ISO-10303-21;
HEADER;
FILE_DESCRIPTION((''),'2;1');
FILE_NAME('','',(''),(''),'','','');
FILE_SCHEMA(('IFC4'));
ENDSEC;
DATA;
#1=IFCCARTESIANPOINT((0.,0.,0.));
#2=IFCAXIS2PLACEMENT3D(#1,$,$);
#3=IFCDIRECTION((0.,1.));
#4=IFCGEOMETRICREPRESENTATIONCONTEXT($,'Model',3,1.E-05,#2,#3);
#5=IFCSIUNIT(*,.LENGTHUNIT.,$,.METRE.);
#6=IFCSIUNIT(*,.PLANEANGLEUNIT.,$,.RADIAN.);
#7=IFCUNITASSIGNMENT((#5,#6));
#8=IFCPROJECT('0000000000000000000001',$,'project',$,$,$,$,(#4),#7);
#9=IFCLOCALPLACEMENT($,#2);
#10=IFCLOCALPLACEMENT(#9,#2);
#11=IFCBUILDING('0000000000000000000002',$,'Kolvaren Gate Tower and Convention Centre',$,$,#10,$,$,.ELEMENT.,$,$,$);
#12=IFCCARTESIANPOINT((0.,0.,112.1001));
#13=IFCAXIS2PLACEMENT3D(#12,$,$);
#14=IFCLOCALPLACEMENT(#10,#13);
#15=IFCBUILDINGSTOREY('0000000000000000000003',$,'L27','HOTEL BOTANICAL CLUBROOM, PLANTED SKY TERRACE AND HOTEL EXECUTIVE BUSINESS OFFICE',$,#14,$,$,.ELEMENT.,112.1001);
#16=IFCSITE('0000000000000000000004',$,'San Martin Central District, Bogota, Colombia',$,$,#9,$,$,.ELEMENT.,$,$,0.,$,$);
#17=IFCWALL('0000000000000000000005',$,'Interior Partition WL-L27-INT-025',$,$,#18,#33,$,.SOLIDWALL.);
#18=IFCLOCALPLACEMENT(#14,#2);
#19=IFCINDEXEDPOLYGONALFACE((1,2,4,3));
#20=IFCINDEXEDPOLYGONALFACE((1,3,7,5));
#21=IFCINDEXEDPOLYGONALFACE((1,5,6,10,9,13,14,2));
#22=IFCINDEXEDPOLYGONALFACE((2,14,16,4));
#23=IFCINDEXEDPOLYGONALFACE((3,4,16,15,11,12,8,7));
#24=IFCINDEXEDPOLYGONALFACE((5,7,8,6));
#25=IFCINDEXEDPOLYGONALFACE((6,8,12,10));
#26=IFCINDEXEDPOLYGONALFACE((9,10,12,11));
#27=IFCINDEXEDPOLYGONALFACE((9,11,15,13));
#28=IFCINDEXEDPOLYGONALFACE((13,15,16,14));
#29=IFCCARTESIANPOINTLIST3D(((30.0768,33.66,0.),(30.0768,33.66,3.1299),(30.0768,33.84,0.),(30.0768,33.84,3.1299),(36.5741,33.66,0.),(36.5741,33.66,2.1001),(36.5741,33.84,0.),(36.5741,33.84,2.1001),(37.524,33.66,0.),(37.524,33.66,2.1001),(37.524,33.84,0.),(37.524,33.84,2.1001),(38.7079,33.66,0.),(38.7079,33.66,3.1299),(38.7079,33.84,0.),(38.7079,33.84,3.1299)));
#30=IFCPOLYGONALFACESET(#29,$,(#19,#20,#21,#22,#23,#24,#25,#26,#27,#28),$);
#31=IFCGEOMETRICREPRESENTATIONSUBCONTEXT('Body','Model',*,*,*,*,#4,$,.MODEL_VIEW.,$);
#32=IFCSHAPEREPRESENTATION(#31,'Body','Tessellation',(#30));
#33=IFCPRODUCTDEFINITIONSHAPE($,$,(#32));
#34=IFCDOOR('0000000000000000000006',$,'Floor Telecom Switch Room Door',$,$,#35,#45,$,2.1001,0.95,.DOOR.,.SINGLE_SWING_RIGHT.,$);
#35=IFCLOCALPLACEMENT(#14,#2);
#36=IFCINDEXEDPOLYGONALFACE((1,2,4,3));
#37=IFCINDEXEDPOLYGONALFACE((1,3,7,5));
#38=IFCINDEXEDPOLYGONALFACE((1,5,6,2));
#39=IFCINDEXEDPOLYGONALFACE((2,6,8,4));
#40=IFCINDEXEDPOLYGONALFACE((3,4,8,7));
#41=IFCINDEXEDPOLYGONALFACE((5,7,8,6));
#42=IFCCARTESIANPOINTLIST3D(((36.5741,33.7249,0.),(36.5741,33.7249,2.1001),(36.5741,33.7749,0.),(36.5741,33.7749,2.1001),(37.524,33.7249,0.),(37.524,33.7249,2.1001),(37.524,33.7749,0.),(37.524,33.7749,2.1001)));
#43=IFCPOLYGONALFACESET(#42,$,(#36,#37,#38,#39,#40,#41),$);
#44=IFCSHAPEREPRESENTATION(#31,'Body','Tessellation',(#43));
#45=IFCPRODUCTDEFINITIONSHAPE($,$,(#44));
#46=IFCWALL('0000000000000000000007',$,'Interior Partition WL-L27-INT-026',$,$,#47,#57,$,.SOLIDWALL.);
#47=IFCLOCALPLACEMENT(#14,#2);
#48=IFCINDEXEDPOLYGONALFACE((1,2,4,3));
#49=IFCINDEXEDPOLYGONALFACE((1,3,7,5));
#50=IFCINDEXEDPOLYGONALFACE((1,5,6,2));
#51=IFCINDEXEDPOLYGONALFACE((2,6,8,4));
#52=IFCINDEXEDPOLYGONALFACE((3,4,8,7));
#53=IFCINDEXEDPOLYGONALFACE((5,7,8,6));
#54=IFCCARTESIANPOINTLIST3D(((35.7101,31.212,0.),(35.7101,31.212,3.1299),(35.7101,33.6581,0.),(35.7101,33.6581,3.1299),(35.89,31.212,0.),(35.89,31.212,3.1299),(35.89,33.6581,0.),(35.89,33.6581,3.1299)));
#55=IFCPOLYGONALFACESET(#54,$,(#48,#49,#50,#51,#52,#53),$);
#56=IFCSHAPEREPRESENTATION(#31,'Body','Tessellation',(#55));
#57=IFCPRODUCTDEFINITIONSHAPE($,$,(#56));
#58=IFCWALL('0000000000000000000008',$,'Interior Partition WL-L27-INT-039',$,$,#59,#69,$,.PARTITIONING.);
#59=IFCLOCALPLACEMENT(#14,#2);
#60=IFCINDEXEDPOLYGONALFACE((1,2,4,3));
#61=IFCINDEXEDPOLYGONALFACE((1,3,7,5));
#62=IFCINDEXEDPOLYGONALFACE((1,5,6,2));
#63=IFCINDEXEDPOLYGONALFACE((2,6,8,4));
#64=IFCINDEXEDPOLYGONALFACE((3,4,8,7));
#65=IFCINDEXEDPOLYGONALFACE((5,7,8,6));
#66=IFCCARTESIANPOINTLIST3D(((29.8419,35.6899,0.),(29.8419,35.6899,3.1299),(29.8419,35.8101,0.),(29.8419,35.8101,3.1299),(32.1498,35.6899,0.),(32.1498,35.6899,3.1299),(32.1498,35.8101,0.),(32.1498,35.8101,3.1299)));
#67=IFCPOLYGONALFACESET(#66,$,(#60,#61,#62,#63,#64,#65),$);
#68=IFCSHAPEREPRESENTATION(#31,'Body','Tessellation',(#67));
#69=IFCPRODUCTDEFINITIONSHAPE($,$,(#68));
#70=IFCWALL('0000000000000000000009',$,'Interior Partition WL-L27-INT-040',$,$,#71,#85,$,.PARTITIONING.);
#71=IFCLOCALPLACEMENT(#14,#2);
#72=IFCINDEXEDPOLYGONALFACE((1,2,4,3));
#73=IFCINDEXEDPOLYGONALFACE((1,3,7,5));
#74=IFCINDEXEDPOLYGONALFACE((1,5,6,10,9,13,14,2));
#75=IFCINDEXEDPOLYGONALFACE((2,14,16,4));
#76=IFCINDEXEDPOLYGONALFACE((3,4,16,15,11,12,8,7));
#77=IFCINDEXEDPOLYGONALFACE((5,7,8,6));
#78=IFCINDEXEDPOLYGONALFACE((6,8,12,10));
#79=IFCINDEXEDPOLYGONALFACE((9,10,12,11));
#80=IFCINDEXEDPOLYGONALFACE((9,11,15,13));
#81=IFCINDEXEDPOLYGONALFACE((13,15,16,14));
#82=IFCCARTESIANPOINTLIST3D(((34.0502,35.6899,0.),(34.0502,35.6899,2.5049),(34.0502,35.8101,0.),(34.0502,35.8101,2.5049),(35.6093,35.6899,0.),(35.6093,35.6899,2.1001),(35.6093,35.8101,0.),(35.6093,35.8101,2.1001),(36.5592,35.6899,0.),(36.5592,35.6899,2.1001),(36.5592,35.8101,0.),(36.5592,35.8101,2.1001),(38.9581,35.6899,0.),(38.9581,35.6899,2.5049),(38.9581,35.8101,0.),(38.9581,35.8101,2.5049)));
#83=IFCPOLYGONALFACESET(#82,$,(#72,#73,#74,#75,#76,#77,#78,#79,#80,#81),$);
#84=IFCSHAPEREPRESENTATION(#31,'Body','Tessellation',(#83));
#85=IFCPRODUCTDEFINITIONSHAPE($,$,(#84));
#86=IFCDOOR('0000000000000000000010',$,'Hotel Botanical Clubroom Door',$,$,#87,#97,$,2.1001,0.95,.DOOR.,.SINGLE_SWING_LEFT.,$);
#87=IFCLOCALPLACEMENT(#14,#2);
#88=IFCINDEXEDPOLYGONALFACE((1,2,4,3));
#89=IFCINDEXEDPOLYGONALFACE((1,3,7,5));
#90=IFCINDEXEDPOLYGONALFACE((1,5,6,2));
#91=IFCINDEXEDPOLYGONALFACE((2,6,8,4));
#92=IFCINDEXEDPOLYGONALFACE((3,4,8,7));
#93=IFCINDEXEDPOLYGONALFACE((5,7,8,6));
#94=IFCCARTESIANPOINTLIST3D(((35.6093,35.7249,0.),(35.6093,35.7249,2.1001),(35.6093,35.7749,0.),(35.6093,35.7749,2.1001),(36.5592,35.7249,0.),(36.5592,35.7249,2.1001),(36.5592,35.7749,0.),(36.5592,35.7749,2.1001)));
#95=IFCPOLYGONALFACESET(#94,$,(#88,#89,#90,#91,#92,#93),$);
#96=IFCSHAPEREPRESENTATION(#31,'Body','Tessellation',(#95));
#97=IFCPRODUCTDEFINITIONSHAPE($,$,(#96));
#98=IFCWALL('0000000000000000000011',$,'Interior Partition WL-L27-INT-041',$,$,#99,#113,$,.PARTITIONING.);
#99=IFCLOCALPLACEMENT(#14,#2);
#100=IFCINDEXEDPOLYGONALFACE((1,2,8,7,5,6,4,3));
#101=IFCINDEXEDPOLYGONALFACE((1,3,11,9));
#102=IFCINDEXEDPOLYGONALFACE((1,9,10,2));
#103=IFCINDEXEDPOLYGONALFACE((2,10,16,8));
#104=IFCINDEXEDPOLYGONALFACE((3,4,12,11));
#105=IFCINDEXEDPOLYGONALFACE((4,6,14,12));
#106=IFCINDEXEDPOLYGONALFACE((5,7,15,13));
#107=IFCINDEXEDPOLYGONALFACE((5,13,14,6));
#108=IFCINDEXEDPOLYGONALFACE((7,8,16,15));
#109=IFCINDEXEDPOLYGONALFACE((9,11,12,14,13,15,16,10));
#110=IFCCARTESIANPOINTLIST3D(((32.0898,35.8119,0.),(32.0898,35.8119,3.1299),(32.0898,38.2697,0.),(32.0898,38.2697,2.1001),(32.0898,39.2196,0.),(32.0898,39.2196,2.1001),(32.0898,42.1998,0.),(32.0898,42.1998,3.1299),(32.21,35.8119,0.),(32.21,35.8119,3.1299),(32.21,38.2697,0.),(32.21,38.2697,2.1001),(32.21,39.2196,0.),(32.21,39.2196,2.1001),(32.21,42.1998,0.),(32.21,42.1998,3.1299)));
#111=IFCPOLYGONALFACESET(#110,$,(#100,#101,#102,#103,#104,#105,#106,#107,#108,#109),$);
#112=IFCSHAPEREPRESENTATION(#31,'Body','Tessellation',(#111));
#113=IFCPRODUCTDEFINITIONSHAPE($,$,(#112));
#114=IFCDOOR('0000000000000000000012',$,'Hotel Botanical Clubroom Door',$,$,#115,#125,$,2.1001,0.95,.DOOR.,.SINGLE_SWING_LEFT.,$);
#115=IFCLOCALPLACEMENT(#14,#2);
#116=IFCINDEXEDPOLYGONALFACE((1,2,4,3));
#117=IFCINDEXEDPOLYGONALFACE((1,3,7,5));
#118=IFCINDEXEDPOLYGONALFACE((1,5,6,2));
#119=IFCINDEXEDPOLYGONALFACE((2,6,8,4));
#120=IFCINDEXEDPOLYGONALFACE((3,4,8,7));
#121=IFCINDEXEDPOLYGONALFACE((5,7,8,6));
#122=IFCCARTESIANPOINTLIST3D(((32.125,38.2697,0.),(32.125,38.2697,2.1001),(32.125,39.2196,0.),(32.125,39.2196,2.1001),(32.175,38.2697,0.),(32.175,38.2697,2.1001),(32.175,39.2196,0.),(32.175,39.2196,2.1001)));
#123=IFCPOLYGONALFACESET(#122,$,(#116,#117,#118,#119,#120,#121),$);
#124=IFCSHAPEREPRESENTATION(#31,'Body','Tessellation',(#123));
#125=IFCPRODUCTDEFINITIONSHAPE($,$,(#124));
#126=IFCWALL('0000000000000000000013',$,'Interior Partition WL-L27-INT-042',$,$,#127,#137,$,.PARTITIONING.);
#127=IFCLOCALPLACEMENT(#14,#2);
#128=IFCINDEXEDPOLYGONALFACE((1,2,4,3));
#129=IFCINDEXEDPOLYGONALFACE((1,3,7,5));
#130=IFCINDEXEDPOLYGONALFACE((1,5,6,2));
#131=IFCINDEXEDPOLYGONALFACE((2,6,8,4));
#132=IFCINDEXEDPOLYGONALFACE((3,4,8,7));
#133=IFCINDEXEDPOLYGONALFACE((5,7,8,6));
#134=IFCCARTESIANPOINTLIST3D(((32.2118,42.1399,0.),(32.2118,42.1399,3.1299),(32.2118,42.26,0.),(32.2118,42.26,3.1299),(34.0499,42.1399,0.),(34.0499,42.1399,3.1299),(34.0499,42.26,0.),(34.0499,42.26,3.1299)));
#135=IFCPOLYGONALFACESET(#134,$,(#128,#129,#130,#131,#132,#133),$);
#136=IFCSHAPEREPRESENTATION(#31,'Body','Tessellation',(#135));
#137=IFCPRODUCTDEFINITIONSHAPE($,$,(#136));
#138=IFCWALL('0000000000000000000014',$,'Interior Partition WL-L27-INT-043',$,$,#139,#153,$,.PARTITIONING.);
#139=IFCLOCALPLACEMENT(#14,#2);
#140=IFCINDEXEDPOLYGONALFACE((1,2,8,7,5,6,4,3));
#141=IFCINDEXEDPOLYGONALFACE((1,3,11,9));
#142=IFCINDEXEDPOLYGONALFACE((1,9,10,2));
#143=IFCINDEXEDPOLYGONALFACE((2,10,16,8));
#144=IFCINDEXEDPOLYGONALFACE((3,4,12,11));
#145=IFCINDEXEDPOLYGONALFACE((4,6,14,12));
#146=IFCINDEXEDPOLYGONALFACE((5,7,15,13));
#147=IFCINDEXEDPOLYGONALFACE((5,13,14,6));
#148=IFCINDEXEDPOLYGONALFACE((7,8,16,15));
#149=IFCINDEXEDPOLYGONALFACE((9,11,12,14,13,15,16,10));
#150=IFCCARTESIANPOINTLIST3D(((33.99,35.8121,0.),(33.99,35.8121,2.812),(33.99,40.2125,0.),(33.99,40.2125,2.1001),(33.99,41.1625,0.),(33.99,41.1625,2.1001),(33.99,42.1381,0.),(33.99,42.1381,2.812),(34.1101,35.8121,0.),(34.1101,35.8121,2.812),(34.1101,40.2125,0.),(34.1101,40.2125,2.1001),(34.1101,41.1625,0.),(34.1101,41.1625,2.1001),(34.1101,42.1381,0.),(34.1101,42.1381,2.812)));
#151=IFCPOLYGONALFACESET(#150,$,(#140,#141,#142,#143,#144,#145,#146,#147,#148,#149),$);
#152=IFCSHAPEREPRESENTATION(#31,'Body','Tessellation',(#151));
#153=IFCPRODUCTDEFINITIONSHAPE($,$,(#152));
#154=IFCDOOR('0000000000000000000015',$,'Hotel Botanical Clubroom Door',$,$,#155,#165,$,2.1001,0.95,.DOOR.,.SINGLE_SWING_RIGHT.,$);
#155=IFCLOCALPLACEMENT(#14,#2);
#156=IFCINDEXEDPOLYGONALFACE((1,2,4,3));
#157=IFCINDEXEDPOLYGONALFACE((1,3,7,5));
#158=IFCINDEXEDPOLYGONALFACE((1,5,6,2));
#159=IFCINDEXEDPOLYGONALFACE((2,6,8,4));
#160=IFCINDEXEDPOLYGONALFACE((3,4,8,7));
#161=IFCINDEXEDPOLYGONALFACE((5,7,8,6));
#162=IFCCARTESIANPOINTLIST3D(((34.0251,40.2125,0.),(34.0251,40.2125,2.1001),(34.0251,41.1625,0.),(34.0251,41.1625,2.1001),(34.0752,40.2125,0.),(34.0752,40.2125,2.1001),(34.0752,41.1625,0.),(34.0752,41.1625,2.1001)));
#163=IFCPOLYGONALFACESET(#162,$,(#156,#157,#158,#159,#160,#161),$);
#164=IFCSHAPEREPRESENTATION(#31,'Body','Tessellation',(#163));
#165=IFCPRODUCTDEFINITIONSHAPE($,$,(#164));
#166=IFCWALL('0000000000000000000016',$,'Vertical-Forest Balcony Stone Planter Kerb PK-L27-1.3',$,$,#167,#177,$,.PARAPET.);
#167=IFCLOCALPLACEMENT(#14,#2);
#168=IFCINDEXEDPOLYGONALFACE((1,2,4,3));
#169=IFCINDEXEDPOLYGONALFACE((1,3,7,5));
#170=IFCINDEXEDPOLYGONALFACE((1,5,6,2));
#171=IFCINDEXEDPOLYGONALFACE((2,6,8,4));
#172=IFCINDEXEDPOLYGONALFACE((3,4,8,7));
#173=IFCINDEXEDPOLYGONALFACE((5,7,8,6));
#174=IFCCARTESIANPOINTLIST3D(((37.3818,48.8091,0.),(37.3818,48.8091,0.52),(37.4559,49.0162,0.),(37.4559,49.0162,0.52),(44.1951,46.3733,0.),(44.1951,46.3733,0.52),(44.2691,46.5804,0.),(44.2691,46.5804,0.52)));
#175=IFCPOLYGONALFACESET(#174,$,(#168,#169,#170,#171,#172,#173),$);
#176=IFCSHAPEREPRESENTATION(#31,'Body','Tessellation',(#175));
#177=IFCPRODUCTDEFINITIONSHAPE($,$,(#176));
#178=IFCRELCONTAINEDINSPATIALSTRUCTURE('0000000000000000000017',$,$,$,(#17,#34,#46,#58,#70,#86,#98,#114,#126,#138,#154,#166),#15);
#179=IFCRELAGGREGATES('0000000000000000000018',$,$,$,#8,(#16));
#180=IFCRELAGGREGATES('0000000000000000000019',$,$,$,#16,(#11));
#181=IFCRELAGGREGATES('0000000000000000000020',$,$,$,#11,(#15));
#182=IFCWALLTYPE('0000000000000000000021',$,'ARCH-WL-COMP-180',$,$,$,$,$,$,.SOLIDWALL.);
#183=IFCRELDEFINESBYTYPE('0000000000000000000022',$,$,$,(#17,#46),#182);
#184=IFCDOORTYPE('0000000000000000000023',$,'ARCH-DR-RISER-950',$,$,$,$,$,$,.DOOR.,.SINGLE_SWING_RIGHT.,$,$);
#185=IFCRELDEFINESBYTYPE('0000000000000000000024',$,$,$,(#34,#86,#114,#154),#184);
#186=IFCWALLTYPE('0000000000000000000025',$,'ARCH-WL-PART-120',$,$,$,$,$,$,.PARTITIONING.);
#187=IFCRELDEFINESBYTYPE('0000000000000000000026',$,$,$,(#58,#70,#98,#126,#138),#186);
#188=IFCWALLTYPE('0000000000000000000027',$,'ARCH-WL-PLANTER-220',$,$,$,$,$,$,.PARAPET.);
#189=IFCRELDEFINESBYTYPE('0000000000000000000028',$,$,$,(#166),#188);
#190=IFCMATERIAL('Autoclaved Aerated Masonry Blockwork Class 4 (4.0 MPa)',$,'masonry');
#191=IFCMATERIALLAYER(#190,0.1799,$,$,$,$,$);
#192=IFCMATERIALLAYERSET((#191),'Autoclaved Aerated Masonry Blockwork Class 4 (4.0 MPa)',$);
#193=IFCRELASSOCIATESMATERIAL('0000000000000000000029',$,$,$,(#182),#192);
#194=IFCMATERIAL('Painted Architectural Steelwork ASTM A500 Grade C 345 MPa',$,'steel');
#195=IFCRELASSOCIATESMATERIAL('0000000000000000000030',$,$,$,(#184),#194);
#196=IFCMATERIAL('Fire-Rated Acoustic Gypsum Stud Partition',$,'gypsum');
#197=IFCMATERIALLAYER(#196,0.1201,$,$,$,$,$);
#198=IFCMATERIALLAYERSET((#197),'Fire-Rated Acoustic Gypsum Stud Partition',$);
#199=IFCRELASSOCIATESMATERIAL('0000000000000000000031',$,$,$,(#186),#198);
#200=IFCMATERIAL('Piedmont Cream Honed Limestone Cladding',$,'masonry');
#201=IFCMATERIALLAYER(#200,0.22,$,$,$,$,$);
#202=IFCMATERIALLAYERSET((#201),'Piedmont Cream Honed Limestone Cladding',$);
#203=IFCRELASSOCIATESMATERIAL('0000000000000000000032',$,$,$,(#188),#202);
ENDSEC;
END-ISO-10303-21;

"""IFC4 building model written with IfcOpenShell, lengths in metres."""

from ifc_helpers import new_model, si_unit, direction, frame, frame_2d, origin, place, context, subcontext, project, spatial, rectangle, extrude, material, layer, layer_set, type_object, element, fill, save


model = new_model("IFC4")

# Units and contexts
model_context = context("Model", 3, precision=1e-05, world=origin(), true_north=direction((0.0, 1.0)))
body_context = subcontext(model_context, "Body", "Model", "MODEL_VIEW")
ifc_project = project(units=[si_unit("LENGTHUNIT", "METRE"), si_unit("PLANEANGLEUNIT", "RADIAN")], contexts=[model_context])

# Site, building, storey
site_placement = place(None, origin())
site = spatial("IfcSite", under=ifc_project, at=site_placement, Name="San Martin Central District, Bogota, Colombia", CompositionType="ELEMENT", RefElevation=0.0)
building_placement = place(site_placement, origin())
building = spatial("IfcBuilding", under=site, at=building_placement, Name="Kolvaren Gate Tower and Convention Centre", CompositionType="ELEMENT")
storey_placement = place(building_placement, frame((0.0, 0.0, 112.1001)))
storey = spatial("IfcBuildingStorey", under=building, at=storey_placement, Name="L27", Description="HOTEL BOTANICAL CLUBROOM, PLANTED SKY TERRACE AND HOTEL EXECUTIVE BUSINESS OFFICE", CompositionType="ELEMENT", Elevation=112.1001)

# Wall, opening, door
ifc_material_1 = material(Name="Autoclaved Aerated Masonry Blockwork Class 4 (4.0 MPa)", Category="masonry")
ifc_layer_1 = layer(ifc_material_1, 0.1799)
ifc_layer_set_1 = layer_set([ifc_layer_1], Name="Autoclaved Aerated Masonry Blockwork Class 4 (4.0 MPa)")
wall_type_1 = type_object("IfcWallType", Name="ARCH-WL-COMP-180", PredefinedType="SOLIDWALL", material=ifc_layer_set_1)
wall_1_placement = place(storey_placement, frame((30.0769, 33.75, 0.0), z_axis=(0.0, 0.0, 1.0), x_axis=(1.0, 0.0, 0.0)))
wall_1 = element("IfcWall", 1, at=wall_1_placement, inside=storey, type_object=wall_type_1, Name="Interior Partition WL-L27-INT-025", PredefinedType="SOLIDWALL", context=body_context, shape_type="SweptSolid", body=[
    extrude(rectangle(XDim=8.6311, YDim=0.1799, at=frame_2d((4.3154, 0.0))), origin(), (0.0, 0.0, 1.0), 3.1299),
])
opening_1_placement = place(wall_1_placement, frame((6.4971, 0.0, 0.0)))
opening_1 = element("IfcOpeningElement", 2, at=opening_1_placement, cuts=wall_1, PredefinedType="OPENING", context=body_context, shape_type="SweptSolid", body=[
    extrude(rectangle(XDim=0.95, YDim=2.1001, at=frame_2d((0.4751, 1.05))), frame((0.0, 0.0999, 0.0), z_axis=(0.0, -1.0, 0.0), x_axis=(1.0, 0.0, 0.0)), (0.0, 0.0, 1.0), 0.2),
])
ifc_material_2 = material(Name="Painted Architectural Steelwork ASTM A500 Grade C 345 MPa", Category="steel")
door_type = type_object("IfcDoorType", Name="ARCH-DR-RISER-950", OperationType="SINGLE_SWING_RIGHT", PredefinedType="DOOR", material=ifc_material_2)
door_1_placement = place(opening_1_placement, origin())
door_1 = element("IfcDoor", 3, at=door_1_placement, inside=storey, type_object=door_type, Name="Floor Telecom Switch Room Door", OperationType="SINGLE_SWING_RIGHT", OverallHeight=2.1001, OverallWidth=0.95, PredefinedType="DOOR", context=body_context, shape_type="SweptSolid", body=[
    extrude(rectangle(XDim=0.95, YDim=2.1001, at=frame_2d((0.4751, 1.05))), frame((0.0, 0.0249, 0.0), z_axis=(0.0, -1.0, 0.0), x_axis=(1.0, 0.0, 0.0)), (0.0, 0.0, 1.0), 0.05),
])
fill(opening_1, door_1)

# Walls
wall_2_placement = place(storey_placement, frame((35.8, 31.2119, 0.0), z_axis=(0.0, 0.0, 1.0), x_axis=(0.0, 1.0, 0.0)))
element("IfcWall", 4, at=wall_2_placement, inside=storey, type_object=wall_type_1, Name="Interior Partition WL-L27-INT-026", PredefinedType="SOLIDWALL", context=body_context, shape_type="SweptSolid", body=[
    extrude(rectangle(XDim=2.446, YDim=0.1799, at=frame_2d((1.2231, 0.0))), origin(), (0.0, 0.0, 1.0), 3.1299),
])
ifc_material_3 = material(Name="Fire-Rated Acoustic Gypsum Stud Partition", Category="gypsum")
ifc_layer_2 = layer(ifc_material_3, 0.1201)
ifc_layer_set_2 = layer_set([ifc_layer_2], Name="Fire-Rated Acoustic Gypsum Stud Partition")
wall_type_2 = type_object("IfcWallType", Name="ARCH-WL-PART-120", PredefinedType="PARTITIONING", material=ifc_layer_set_2)
wall_3_placement = place(storey_placement, frame((29.842, 35.75, 0.0), z_axis=(0.0, 0.0, 1.0), x_axis=(1.0, 0.0, 0.0)))
element("IfcWall", 5, at=wall_3_placement, inside=storey, type_object=wall_type_2, Name="Interior Partition WL-L27-INT-039", PredefinedType="PARTITIONING", context=body_context, shape_type="SweptSolid", body=[
    extrude(rectangle(XDim=2.3079, YDim=0.1201, at=frame_2d((1.1538, 0.0))), origin(), (0.0, 0.0, 1.0), 3.1299),
])

# Walls, openings, doors
wall_4_placement = place(storey_placement, frame((34.05, 35.75, 0.0), z_axis=(0.0, 0.0, 1.0), x_axis=(1.0, 0.0, 0.0)))
wall_4 = element("IfcWall", 6, at=wall_4_placement, inside=storey, type_object=wall_type_2, Name="Interior Partition WL-L27-INT-040", PredefinedType="PARTITIONING", context=body_context, shape_type="SweptSolid", body=[
    extrude(rectangle(XDim=4.908, YDim=0.1201, at=frame_2d((2.4541, 0.0))), origin(), (0.0, 0.0, 1.0), 2.5049),
])
opening_2_placement = place(wall_4_placement, frame((1.5591, 0.0, 0.0)))
opening_2 = element("IfcOpeningElement", 7, at=opening_2_placement, cuts=wall_4, PredefinedType="OPENING", context=body_context, shape_type="SweptSolid", body=[
    extrude(rectangle(XDim=0.95, YDim=2.1001, at=frame_2d((0.4751, 1.05))), frame((0.0, 0.0701, 0.0), z_axis=(0.0, -1.0, 0.0), x_axis=(1.0, 0.0, 0.0)), (0.0, 0.0, 1.0), 0.1401),
])
door_2_placement = place(opening_2_placement, origin())
door_2 = element("IfcDoor", 8, at=door_2_placement, inside=storey, type_object=door_type, Name="Hotel Botanical Clubroom Door", OperationType="SINGLE_SWING_LEFT", OverallHeight=2.1001, OverallWidth=0.95, PredefinedType="DOOR", context=body_context, shape_type="SweptSolid", body=[
    extrude(rectangle(XDim=0.95, YDim=2.1001, at=frame_2d((0.4751, 1.05))), frame((0.0, 0.0249, 0.0), z_axis=(0.0, -1.0, 0.0), x_axis=(1.0, 0.0, 0.0)), (0.0, 0.0, 1.0), 0.05),
])
fill(opening_2, door_2)
wall_5_placement = place(storey_placement, frame((32.1499, 35.812, 0.0), z_axis=(0.0, 0.0, 1.0), x_axis=(0.0, 1.0, 0.0)))
wall_5 = element("IfcWall", 9, at=wall_5_placement, inside=storey, type_object=wall_type_2, Name="Interior Partition WL-L27-INT-041", PredefinedType="PARTITIONING", context=body_context, shape_type="SweptSolid", body=[
    extrude(rectangle(XDim=6.3879, YDim=0.1201, at=frame_2d((3.1938, 0.0))), origin(), (0.0, 0.0, 1.0), 3.1299),
])
opening_3_placement = place(wall_5_placement, frame((2.4575, 0.0, 0.0)))
opening_3 = element("IfcOpeningElement", 10, at=opening_3_placement, cuts=wall_5, PredefinedType="OPENING", context=body_context, shape_type="SweptSolid", body=[
    extrude(rectangle(XDim=0.95, YDim=2.1001, at=frame_2d((0.4751, 1.05))), frame((0.0, 0.0701, 0.0), z_axis=(0.0, -1.0, 0.0), x_axis=(1.0, 0.0, 0.0)), (0.0, 0.0, 1.0), 0.1401),
])
door_3_placement = place(opening_3_placement, origin())
door_3 = element("IfcDoor", 11, at=door_3_placement, inside=storey, type_object=door_type, Name="Hotel Botanical Clubroom Door", OperationType="SINGLE_SWING_LEFT", OverallHeight=2.1001, OverallWidth=0.95, PredefinedType="DOOR", context=body_context, shape_type="SweptSolid", body=[
    extrude(rectangle(XDim=0.95, YDim=2.1001, at=frame_2d((0.4751, 1.05))), frame((0.0, 0.0249, 0.0), z_axis=(0.0, -1.0, 0.0), x_axis=(1.0, 0.0, 0.0)), (0.0, 0.0, 1.0), 0.05),
])
fill(opening_3, door_3)

# Wall
wall_6_placement = place(storey_placement, frame((32.2119, 42.2, 0.0), z_axis=(0.0, 0.0, 1.0), x_axis=(1.0, 0.0, 0.0)))
element("IfcWall", 12, at=wall_6_placement, inside=storey, type_object=wall_type_2, Name="Interior Partition WL-L27-INT-042", PredefinedType="PARTITIONING", context=body_context, shape_type="SweptSolid", body=[
    extrude(rectangle(XDim=1.8381, YDim=0.1201, at=frame_2d((0.9189, 0.0))), origin(), (0.0, 0.0, 1.0), 3.1299),
])

# Wall, opening, door
wall_7_placement = place(storey_placement, frame((34.05, 35.812, 0.0), z_axis=(0.0, 0.0, 1.0), x_axis=(0.0, 1.0, 0.0)))
wall_7 = element("IfcWall", 13, at=wall_7_placement, inside=storey, type_object=wall_type_2, Name="Interior Partition WL-L27-INT-043", PredefinedType="PARTITIONING", context=body_context, shape_type="SweptSolid", body=[
    extrude(rectangle(XDim=6.3259, YDim=0.1201, at=frame_2d((3.1631, 0.0))), origin(), (0.0, 0.0, 1.0), 2.812),
])
opening_4_placement = place(wall_7_placement, frame((4.4004, 0.0, 0.0)))
opening_4 = element("IfcOpeningElement", 14, at=opening_4_placement, cuts=wall_7, PredefinedType="OPENING", context=body_context, shape_type="SweptSolid", body=[
    extrude(rectangle(XDim=0.95, YDim=2.1001, at=frame_2d((0.4751, 1.05))), frame((0.0, 0.0701, 0.0), z_axis=(0.0, -1.0, 0.0), x_axis=(1.0, 0.0, 0.0)), (0.0, 0.0, 1.0), 0.1401),
])
door_4_placement = place(opening_4_placement, origin())
door_4 = element("IfcDoor", 15, at=door_4_placement, inside=storey, type_object=door_type, Name="Hotel Botanical Clubroom Door", OperationType="SINGLE_SWING_RIGHT", OverallHeight=2.1001, OverallWidth=0.95, PredefinedType="DOOR", context=body_context, shape_type="SweptSolid", body=[
    extrude(rectangle(XDim=0.95, YDim=2.1001, at=frame_2d((0.4751, 1.05))), frame((0.0, 0.0249, 0.0), z_axis=(0.0, -1.0, 0.0), x_axis=(1.0, 0.0, 0.0)), (0.0, 0.0, 1.0), 0.05),
])
fill(opening_4, door_4)

# Wall
ifc_material_4 = material(Name="Piedmont Cream Honed Limestone Cladding", Category="masonry")
ifc_layer_3 = layer(ifc_material_4, 0.22)
ifc_layer_set_3 = layer_set([ifc_layer_3], Name="Piedmont Cream Honed Limestone Cladding")
wall_type_3 = type_object("IfcWallType", Name="ARCH-WL-PLANTER-220", PredefinedType="PARAPET", material=ifc_layer_set_3)
wall_8_placement = place(storey_placement, frame((37.4189, 48.9126, 0.0), z_axis=(0.0, 0.0, 1.0), x_axis=(0.941633, -0.336642, 0.0)))
element("IfcWall", 16, at=wall_8_placement, inside=storey, type_object=wall_type_3, Name="Vertical-Forest Balcony Stone Planter Kerb PK-L27-1.3", PredefinedType="PARAPET", context=body_context, shape_type="SweptSolid", body=[
    extrude(rectangle(XDim=7.2356, YDim=0.22, at=frame_2d((3.6177, 0.0))), origin(), (0.0, 0.0, 1.0), 0.52),
])

save(model, "model.ifc")
